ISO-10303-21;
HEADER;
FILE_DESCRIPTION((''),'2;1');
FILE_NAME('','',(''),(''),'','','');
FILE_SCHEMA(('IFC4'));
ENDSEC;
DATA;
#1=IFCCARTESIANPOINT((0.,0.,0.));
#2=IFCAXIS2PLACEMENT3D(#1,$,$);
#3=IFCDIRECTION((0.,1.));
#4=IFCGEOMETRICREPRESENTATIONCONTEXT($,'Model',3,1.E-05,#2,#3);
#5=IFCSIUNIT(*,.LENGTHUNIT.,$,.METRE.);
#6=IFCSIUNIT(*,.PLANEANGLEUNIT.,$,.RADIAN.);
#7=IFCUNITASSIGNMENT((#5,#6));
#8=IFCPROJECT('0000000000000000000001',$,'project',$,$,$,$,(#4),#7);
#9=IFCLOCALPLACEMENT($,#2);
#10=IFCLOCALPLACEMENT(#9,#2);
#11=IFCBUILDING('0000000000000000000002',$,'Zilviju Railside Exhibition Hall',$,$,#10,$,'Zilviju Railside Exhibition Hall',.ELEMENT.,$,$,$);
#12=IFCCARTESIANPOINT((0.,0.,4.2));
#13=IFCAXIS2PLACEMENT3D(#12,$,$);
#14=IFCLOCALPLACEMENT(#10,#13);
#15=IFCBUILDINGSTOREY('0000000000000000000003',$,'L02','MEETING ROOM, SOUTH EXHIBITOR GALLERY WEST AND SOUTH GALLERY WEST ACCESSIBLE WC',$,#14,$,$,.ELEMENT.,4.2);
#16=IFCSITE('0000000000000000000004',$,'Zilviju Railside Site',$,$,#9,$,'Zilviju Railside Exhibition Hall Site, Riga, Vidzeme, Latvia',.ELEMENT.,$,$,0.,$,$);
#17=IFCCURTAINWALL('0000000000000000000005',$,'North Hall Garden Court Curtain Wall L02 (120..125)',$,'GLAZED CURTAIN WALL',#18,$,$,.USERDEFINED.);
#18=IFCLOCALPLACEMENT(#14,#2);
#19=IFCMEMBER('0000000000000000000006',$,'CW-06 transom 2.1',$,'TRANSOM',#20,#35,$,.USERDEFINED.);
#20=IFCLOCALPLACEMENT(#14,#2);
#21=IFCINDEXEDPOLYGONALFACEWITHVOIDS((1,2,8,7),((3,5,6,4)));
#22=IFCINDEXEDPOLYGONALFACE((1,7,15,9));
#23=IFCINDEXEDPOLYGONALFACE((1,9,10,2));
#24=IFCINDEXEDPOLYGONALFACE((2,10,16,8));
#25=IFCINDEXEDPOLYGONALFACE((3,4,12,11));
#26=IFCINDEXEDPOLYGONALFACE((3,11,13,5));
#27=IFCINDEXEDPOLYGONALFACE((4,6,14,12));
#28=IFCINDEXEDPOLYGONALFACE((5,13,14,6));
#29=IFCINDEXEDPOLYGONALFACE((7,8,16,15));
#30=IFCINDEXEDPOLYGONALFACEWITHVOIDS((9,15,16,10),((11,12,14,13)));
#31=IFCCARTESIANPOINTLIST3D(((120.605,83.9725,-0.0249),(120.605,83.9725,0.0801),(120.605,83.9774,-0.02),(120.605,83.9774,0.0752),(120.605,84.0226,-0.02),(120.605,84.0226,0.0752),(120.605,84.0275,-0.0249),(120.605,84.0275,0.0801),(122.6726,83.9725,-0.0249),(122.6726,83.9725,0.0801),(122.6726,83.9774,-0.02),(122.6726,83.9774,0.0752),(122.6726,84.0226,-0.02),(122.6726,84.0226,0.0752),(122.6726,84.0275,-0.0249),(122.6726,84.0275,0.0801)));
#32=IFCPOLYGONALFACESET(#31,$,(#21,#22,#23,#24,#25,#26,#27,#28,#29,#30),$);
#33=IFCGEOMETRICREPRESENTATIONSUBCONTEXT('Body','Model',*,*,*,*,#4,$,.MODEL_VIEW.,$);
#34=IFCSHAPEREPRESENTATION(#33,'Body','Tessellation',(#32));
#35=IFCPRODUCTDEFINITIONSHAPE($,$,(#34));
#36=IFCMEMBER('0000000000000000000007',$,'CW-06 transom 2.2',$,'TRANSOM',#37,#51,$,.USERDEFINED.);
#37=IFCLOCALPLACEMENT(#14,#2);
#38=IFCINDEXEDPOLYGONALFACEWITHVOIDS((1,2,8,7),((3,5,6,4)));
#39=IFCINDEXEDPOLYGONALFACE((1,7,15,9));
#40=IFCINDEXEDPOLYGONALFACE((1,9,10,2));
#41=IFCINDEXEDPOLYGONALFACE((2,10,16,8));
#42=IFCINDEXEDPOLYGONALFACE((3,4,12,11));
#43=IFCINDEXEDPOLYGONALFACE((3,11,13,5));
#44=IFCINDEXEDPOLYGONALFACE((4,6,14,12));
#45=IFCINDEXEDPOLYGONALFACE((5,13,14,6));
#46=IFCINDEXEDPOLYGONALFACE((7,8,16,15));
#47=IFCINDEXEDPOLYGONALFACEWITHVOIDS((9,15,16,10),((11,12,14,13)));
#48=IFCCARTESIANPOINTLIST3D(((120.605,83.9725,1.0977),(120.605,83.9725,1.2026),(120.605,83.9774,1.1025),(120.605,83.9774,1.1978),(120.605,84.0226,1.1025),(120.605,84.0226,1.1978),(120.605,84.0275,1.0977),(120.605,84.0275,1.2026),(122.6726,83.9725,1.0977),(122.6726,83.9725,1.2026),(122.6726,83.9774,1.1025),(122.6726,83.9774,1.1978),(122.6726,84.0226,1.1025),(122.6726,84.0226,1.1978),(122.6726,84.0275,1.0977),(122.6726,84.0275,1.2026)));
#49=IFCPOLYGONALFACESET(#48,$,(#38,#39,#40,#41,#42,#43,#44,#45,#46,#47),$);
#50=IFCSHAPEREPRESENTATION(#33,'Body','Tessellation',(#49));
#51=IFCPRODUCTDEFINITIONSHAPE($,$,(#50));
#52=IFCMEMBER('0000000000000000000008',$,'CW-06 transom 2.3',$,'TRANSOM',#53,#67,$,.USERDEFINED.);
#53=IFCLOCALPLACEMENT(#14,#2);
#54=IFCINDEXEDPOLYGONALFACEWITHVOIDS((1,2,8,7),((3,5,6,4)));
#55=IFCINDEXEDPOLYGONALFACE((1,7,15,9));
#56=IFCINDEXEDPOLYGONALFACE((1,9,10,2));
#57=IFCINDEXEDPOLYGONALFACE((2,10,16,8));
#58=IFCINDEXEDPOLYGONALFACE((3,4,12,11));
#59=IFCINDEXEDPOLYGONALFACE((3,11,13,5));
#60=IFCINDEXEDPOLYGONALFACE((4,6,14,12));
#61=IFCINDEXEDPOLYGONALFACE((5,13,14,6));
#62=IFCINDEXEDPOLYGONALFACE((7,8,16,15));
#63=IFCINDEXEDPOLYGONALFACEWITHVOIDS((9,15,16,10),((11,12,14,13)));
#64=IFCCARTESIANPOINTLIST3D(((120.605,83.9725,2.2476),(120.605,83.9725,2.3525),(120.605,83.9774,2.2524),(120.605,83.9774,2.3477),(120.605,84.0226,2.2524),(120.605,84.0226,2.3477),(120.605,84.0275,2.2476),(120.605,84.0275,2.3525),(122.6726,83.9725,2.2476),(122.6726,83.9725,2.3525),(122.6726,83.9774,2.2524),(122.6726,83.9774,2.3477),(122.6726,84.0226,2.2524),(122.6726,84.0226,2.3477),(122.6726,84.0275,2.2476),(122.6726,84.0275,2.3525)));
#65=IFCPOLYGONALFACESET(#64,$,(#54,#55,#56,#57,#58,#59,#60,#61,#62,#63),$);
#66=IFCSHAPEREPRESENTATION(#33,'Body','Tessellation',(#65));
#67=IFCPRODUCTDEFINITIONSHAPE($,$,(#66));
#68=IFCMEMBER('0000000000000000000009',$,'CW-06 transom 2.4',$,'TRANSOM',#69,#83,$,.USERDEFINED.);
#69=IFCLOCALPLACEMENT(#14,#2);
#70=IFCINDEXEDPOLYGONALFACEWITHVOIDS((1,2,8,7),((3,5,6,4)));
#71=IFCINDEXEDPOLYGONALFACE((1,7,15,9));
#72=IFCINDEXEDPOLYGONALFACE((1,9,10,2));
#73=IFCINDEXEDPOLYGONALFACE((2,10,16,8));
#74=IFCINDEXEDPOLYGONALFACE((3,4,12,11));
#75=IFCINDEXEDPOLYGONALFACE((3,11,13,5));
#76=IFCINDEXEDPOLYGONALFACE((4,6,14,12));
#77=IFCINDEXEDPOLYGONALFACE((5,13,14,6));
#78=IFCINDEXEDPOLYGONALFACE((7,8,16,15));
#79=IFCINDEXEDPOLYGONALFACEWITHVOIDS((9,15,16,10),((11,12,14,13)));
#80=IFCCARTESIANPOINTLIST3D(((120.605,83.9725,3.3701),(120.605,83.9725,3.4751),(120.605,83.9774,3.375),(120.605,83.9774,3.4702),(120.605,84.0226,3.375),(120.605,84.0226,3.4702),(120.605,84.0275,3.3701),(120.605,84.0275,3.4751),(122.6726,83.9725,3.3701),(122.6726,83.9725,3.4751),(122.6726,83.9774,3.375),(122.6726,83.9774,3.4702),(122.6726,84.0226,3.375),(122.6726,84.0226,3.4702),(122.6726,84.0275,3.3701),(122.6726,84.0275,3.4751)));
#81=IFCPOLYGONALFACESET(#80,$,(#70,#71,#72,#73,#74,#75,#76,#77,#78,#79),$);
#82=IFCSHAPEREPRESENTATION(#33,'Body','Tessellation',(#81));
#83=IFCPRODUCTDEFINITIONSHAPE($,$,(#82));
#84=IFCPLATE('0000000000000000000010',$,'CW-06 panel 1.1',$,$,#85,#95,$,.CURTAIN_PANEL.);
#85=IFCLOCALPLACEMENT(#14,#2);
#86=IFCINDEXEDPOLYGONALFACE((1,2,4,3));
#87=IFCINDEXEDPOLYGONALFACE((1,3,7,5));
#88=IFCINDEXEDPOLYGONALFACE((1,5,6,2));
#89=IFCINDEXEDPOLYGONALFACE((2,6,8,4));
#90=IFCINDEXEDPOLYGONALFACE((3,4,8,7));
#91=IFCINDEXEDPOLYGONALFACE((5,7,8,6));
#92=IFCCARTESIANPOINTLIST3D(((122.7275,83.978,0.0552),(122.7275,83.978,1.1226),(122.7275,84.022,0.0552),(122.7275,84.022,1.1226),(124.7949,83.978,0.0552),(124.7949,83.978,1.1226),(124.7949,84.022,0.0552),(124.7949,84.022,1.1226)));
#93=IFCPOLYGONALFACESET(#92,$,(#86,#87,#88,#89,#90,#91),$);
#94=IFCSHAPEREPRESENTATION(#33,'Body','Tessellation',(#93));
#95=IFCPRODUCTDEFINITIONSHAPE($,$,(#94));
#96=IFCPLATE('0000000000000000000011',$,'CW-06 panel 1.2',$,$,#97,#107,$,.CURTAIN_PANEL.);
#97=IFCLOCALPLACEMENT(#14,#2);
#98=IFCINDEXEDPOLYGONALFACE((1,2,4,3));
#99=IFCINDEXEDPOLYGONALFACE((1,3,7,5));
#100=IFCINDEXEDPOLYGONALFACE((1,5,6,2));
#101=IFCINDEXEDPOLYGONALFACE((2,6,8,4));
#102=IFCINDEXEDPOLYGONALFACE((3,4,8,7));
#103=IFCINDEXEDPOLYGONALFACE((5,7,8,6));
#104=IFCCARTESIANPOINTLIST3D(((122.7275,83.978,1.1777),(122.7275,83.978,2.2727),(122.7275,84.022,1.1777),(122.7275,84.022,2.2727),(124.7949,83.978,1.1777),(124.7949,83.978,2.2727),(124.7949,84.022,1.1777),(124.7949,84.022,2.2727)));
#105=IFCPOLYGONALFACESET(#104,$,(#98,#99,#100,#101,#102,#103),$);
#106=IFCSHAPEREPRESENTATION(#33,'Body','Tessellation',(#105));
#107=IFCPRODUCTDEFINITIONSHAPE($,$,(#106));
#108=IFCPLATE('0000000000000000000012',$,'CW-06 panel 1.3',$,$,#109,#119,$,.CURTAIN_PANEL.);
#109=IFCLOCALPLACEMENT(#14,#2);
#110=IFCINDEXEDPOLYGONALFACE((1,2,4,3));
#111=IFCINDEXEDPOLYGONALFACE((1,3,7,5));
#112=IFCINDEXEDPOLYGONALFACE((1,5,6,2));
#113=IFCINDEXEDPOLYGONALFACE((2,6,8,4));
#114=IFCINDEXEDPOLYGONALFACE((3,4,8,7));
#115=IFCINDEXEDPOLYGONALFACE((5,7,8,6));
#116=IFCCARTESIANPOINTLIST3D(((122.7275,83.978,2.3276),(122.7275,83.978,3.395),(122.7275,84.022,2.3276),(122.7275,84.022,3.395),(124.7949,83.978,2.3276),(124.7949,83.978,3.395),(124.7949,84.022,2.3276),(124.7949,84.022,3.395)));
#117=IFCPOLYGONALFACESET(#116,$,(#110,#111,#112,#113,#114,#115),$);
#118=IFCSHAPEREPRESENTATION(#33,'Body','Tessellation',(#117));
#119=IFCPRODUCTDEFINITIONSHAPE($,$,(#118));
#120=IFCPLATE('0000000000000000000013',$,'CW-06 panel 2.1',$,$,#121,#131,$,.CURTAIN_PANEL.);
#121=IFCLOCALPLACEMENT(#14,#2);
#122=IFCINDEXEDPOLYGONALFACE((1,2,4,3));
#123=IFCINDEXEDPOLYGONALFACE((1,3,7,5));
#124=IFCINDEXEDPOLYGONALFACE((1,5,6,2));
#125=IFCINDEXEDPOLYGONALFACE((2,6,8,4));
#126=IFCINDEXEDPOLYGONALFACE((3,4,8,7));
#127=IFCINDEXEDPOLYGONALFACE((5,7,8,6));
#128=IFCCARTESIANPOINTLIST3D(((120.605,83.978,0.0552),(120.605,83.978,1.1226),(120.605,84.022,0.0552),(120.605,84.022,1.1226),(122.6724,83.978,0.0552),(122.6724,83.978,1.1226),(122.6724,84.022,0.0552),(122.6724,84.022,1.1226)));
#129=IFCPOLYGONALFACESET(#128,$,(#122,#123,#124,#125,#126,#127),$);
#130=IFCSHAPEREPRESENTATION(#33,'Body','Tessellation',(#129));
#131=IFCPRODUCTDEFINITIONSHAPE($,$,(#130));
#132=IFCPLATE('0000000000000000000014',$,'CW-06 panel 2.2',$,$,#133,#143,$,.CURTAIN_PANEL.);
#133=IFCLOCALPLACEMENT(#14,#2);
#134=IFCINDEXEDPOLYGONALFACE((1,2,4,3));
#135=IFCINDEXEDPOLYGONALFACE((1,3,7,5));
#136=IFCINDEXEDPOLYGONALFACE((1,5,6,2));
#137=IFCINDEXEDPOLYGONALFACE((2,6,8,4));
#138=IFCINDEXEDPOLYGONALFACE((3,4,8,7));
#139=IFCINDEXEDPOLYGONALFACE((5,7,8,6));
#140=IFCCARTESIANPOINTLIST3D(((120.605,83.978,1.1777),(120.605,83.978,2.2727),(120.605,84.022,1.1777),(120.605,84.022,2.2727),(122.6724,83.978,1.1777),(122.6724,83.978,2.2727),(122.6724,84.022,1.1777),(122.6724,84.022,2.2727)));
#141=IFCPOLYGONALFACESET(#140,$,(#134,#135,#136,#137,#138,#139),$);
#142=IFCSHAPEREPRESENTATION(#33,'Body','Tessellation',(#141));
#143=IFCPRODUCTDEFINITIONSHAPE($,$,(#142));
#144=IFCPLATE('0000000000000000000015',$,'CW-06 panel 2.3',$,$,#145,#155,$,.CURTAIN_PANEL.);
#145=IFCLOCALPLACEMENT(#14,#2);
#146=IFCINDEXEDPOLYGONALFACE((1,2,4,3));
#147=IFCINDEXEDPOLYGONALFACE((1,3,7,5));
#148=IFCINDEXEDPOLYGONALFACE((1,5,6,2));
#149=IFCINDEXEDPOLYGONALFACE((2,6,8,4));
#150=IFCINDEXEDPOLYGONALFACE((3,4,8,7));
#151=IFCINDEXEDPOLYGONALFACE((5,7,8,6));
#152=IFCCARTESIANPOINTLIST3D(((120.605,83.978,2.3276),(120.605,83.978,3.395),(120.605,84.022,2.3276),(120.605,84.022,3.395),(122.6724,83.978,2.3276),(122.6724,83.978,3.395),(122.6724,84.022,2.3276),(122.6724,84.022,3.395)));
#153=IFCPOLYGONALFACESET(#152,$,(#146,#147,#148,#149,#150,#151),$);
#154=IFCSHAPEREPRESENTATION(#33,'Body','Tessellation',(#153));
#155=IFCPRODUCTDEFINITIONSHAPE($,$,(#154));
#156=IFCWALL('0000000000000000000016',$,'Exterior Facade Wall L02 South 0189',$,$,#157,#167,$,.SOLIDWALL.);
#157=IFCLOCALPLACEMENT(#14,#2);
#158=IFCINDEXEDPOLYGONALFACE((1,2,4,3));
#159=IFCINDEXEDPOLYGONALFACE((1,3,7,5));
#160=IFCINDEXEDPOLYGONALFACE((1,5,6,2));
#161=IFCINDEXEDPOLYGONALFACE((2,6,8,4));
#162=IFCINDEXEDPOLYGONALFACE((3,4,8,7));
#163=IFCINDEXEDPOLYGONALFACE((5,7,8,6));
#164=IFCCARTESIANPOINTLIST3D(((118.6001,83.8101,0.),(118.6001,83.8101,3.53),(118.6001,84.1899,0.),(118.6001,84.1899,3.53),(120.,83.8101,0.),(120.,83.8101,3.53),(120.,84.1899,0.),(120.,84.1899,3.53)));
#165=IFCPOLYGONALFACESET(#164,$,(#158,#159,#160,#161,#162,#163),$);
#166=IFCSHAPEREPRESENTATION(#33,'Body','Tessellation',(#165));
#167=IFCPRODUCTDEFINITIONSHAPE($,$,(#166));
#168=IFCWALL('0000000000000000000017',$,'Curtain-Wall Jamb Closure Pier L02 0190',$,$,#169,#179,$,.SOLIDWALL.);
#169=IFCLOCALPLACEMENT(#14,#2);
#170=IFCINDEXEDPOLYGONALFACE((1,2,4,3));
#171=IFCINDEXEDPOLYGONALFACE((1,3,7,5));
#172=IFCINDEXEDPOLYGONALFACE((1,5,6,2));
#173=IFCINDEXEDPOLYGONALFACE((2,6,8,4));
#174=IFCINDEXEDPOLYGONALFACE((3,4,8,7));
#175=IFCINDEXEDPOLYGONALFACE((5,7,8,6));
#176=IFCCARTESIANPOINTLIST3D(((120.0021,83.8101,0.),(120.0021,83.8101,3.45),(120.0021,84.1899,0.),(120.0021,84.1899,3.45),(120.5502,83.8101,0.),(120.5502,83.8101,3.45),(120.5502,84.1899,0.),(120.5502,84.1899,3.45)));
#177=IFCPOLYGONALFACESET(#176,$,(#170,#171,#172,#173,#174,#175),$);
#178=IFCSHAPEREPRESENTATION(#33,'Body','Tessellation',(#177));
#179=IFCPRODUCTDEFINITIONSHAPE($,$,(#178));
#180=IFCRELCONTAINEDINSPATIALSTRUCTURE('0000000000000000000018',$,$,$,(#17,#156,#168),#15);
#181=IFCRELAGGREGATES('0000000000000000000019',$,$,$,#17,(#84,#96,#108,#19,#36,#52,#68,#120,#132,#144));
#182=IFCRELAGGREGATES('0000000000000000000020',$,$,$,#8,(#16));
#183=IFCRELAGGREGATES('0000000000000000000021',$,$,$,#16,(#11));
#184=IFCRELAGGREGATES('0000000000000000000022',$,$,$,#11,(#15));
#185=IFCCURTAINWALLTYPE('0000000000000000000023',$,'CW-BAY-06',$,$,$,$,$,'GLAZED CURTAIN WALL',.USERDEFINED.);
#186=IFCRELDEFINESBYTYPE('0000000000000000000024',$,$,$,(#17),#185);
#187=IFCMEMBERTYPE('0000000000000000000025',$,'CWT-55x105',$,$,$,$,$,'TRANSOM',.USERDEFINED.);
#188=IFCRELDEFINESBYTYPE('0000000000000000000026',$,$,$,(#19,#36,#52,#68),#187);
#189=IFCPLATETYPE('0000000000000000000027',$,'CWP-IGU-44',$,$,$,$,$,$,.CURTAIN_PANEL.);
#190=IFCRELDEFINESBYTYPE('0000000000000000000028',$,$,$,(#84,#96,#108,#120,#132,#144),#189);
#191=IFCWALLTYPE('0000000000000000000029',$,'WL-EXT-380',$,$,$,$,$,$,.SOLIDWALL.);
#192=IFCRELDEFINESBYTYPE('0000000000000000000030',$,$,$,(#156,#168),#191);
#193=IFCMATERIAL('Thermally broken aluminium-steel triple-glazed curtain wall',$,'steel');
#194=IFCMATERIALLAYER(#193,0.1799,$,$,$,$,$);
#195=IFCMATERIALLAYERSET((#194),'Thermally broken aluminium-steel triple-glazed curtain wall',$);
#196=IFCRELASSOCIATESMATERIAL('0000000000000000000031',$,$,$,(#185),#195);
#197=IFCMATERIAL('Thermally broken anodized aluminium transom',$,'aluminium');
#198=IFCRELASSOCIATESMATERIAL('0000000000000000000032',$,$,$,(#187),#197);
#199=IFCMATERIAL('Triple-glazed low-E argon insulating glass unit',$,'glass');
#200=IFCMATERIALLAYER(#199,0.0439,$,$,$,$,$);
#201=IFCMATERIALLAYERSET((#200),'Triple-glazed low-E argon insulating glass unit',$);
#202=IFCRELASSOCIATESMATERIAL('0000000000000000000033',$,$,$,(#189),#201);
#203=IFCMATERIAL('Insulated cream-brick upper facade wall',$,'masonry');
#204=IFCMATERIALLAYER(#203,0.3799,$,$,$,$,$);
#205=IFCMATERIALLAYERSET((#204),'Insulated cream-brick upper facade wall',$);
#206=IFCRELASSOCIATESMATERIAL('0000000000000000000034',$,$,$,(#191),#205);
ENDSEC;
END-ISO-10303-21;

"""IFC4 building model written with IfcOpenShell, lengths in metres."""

from ifc_helpers import new_model, si_unit, direction, frame, frame_2d, origin, origin_2d, place, context, subcontext, project, spatial, rectangle, hollow_rectangle, extrude, material, layer, layer_set, material_profile, profile_set, type_object, element, aggregate, save


model = new_model("IFC4")

# Units and contexts
model_context = context("Model", 3, precision=1e-05, world=origin(), true_north=direction((0.0, 1.0)))
body_context = subcontext(model_context, "Body", "Model", "MODEL_VIEW")
ifc_project = project(units=[si_unit("LENGTHUNIT", "METRE"), si_unit("PLANEANGLEUNIT", "RADIAN")], contexts=[model_context])

# Site, building, storey
site_placement = place(None, origin())
site = spatial("IfcSite", under=ifc_project, at=site_placement, Name="Zilviju Railside Site", LongName="Zilviju Railside Exhibition Hall Site, Riga, Vidzeme, Latvia", CompositionType="ELEMENT", RefElevation=0.0)
building_placement = place(site_placement, origin())
building = spatial("IfcBuilding", under=site, at=building_placement, Name="Zilviju Railside Exhibition Hall", LongName="Zilviju Railside Exhibition Hall", CompositionType="ELEMENT")
storey_placement = place(building_placement, frame((0.0, 0.0, 4.2)))
storey = spatial("IfcBuildingStorey", under=building, at=storey_placement, Name="L02", Description="MEETING ROOM, SOUTH EXHIBITOR GALLERY WEST AND SOUTH GALLERY WEST ACCESSIBLE WC", CompositionType="ELEMENT", Elevation=4.2)

# Curtain wall, members, plates
ifc_material_1 = material(Name="Thermally broken aluminium-steel triple-glazed curtain wall", Category="steel")
ifc_layer_1 = layer(ifc_material_1, 0.1799)
ifc_layer_set_1 = layer_set([ifc_layer_1], Name="Thermally broken aluminium-steel triple-glazed curtain wall")
curtain_wall_type = type_object("IfcCurtainWallType", Name="CW-BAY-06", ElementType="GLAZED CURTAIN WALL", PredefinedType="USERDEFINED", material=ifc_layer_set_1)
curtain_wall_placement = place(storey_placement, origin())
curtain_wall = element("IfcCurtainWall", 1, at=curtain_wall_placement, inside=storey, type_object=curtain_wall_type, Name="North Hall Garden Court Curtain Wall L02 (120..125)", ObjectType="GLAZED CURTAIN WALL", PredefinedType="USERDEFINED")
ifc_material_2 = material(Name="Thermally broken anodized aluminium transom", Category="aluminium")
ifc_material_profile_1 = material_profile(ifc_material_2, hollow_rectangle(XDim=0.0549, YDim=0.105, WallThickness=0.0049, at=origin_2d()), Name="TRANSOM 105x55x5")
ifc_profile_set_1 = profile_set([ifc_material_profile_1], Name="Thermally broken anodized aluminium transom")
member_type_1 = type_object("IfcMemberType", Name="CWT-55x105", ElementType="TRANSOM", PredefinedType="USERDEFINED", material=ifc_profile_set_1)
member_1_placement = place(storey_placement, frame((122.6726, 84.0, 0.0276), z_axis=(-1.0, 0.0, 0.0), x_axis=(0.0, -1.0, 0.0)))
member_1 = element("IfcMember", 2, at=member_1_placement, type_object=member_type_1, Name="CW-06 transom 2.1", ObjectType="TRANSOM", PredefinedType="USERDEFINED", context=body_context, shape_type="SweptSolid", body=[
    extrude(hollow_rectangle(XDim=0.0549, YDim=0.105, WallThickness=0.0049, at=origin_2d()), origin(), (0.0, 0.0, 1.0), 2.0676),
])
member_2_placement = place(storey_placement, frame((122.6726, 84.0, 1.1501), z_axis=(-1.0, 0.0, 0.0), x_axis=(0.0, -1.0, 0.0)))
member_2 = element("IfcMember", 3, at=member_2_placement, type_object=member_type_1, Name="CW-06 transom 2.2", ObjectType="TRANSOM", PredefinedType="USERDEFINED", context=body_context, shape_type="SweptSolid", body=[
    extrude(hollow_rectangle(XDim=0.0549, YDim=0.105, WallThickness=0.0049, at=origin_2d()), origin(), (0.0, 0.0, 1.0), 2.0676),
])
member_3_placement = place(storey_placement, frame((122.6726, 84.0, 2.3), z_axis=(-1.0, 0.0, 0.0), x_axis=(0.0, -1.0, 0.0)))
member_3 = element("IfcMember", 4, at=member_3_placement, type_object=member_type_1, Name="CW-06 transom 2.3", ObjectType="TRANSOM", PredefinedType="USERDEFINED", context=body_context, shape_type="SweptSolid", body=[
    extrude(hollow_rectangle(XDim=0.0549, YDim=0.105, WallThickness=0.0049, at=origin_2d()), origin(), (0.0, 0.0, 1.0), 2.0676),
])
member_4_placement = place(storey_placement, frame((122.6726, 84.0, 3.4226), z_axis=(-1.0, 0.0, 0.0), x_axis=(0.0, -1.0, 0.0)))
member_4 = element("IfcMember", 5, at=member_4_placement, type_object=member_type_1, Name="CW-06 transom 2.4", ObjectType="TRANSOM", PredefinedType="USERDEFINED", context=body_context, shape_type="SweptSolid", body=[
    extrude(hollow_rectangle(XDim=0.0549, YDim=0.105, WallThickness=0.0049, at=origin_2d()), origin(), (0.0, 0.0, 1.0), 2.0676),
])
ifc_material_3 = material(Name="Triple-glazed low-E argon insulating glass unit", Category="glass")
ifc_layer_2 = layer(ifc_material_3, 0.0439)
ifc_layer_set_2 = layer_set([ifc_layer_2], Name="Triple-glazed low-E argon insulating glass unit")
plate_type = type_object("IfcPlateType", Name="CWP-IGU-44", PredefinedType="CURTAIN_PANEL", material=ifc_layer_set_2)
plate_1_placement = place(storey_placement, frame((123.7612, 84.0, 0.0552), z_axis=(0.0, 0.0, 1.0), x_axis=(-1.0, 0.0, 0.0)))
plate_1 = element("IfcPlate", 6, at=plate_1_placement, type_object=plate_type, Name="CW-06 panel 1.1", PredefinedType="CURTAIN_PANEL", context=body_context, shape_type="SweptSolid", body=[
    extrude(rectangle(XDim=2.0674, YDim=0.0439, at=origin_2d()), origin(), (0.0, 0.0, 1.0), 1.0674),
])
plate_2_placement = place(storey_placement, frame((123.7612, 84.0, 1.1777), z_axis=(0.0, 0.0, 1.0), x_axis=(-1.0, 0.0, 0.0)))
plate_2 = element("IfcPlate", 7, at=plate_2_placement, type_object=plate_type, Name="CW-06 panel 1.2", PredefinedType="CURTAIN_PANEL", context=body_context, shape_type="SweptSolid", body=[
    extrude(rectangle(XDim=2.0674, YDim=0.0439, at=origin_2d()), origin(), (0.0, 0.0, 1.0), 1.095),
])
plate_3_placement = place(storey_placement, frame((123.7612, 84.0, 2.3276), z_axis=(0.0, 0.0, 1.0), x_axis=(-1.0, 0.0, 0.0)))
plate_3 = element("IfcPlate", 8, at=plate_3_placement, type_object=plate_type, Name="CW-06 panel 1.3", PredefinedType="CURTAIN_PANEL", context=body_context, shape_type="SweptSolid", body=[
    extrude(rectangle(XDim=2.0674, YDim=0.0439, at=origin_2d()), origin(), (0.0, 0.0, 1.0), 1.0674),
])
plate_4_placement = place(storey_placement, frame((121.6387, 84.0, 0.0552), z_axis=(0.0, 0.0, 1.0), x_axis=(-1.0, 0.0, 0.0)))
plate_4 = element("IfcPlate", 9, at=plate_4_placement, type_object=plate_type, Name="CW-06 panel 2.1", PredefinedType="CURTAIN_PANEL", context=body_context, shape_type="SweptSolid", body=[
    extrude(rectangle(XDim=2.0674, YDim=0.0439, at=origin_2d()), origin(), (0.0, 0.0, 1.0), 1.0674),
])
plate_5_placement = place(storey_placement, frame((121.6387, 84.0, 1.1777), z_axis=(0.0, 0.0, 1.0), x_axis=(-1.0, 0.0, 0.0)))
plate_5 = element("IfcPlate", 10, at=plate_5_placement, type_object=plate_type, Name="CW-06 panel 2.2", PredefinedType="CURTAIN_PANEL", context=body_context, shape_type="SweptSolid", body=[
    extrude(rectangle(XDim=2.0674, YDim=0.0439, at=origin_2d()), origin(), (0.0, 0.0, 1.0), 1.095),
])
plate_6_placement = place(storey_placement, frame((121.6387, 84.0, 2.3276), z_axis=(0.0, 0.0, 1.0), x_axis=(-1.0, 0.0, 0.0)))
plate_6 = element("IfcPlate", 11, at=plate_6_placement, type_object=plate_type, Name="CW-06 panel 2.3", PredefinedType="CURTAIN_PANEL", context=body_context, shape_type="SweptSolid", body=[
    extrude(rectangle(XDim=2.0674, YDim=0.0439, at=origin_2d()), origin(), (0.0, 0.0, 1.0), 1.0674),
])
aggregate(curtain_wall, [plate_1, plate_2, plate_3, member_1, member_2, member_3, member_4, plate_4, plate_5, plate_6])

# Walls
ifc_material_4 = material(Name="Insulated cream-brick upper facade wall", Category="masonry")
ifc_layer_3 = layer(ifc_material_4, 0.3799)
ifc_layer_set_3 = layer_set([ifc_layer_3], Name="Insulated cream-brick upper facade wall")
wall_type_1 = type_object("IfcWallType", Name="WL-EXT-380", PredefinedType="SOLIDWALL", material=ifc_layer_set_3)
wall_1_placement = place(storey_placement, frame((120.0, 84.0, 0.0), z_axis=(0.0, 0.0, 1.0), x_axis=(-1.0, 0.0, 0.0)))
element("IfcWall", 12, at=wall_1_placement, inside=storey, type_object=wall_type_1, Name="Exterior Facade Wall L02 South 0189", PredefinedType="SOLIDWALL", context=body_context, shape_type="SweptSolid", body=[
    extrude(rectangle(XDim=1.3999, YDim=0.3799, at=frame_2d((0.7, 0.0))), origin(), (0.0, 0.0, 1.0), 3.53),
])
wall_2_placement = place(storey_placement, frame((120.55, 84.0, 0.0), z_axis=(0.0, 0.0, 1.0), x_axis=(-1.0, 0.0, 0.0)))
element("IfcWall", 13, at=wall_2_placement, inside=storey, type_object=wall_type_1, Name="Curtain-Wall Jamb Closure Pier L02 0190", PredefinedType="SOLIDWALL", context=body_context, shape_type="SweptSolid", body=[
    extrude(rectangle(XDim=0.5481, YDim=0.3799, at=frame_2d((0.2739, 0.0))), origin(), (0.0, 0.0, 1.0), 3.45),
])

save(model, "model.ifc")
